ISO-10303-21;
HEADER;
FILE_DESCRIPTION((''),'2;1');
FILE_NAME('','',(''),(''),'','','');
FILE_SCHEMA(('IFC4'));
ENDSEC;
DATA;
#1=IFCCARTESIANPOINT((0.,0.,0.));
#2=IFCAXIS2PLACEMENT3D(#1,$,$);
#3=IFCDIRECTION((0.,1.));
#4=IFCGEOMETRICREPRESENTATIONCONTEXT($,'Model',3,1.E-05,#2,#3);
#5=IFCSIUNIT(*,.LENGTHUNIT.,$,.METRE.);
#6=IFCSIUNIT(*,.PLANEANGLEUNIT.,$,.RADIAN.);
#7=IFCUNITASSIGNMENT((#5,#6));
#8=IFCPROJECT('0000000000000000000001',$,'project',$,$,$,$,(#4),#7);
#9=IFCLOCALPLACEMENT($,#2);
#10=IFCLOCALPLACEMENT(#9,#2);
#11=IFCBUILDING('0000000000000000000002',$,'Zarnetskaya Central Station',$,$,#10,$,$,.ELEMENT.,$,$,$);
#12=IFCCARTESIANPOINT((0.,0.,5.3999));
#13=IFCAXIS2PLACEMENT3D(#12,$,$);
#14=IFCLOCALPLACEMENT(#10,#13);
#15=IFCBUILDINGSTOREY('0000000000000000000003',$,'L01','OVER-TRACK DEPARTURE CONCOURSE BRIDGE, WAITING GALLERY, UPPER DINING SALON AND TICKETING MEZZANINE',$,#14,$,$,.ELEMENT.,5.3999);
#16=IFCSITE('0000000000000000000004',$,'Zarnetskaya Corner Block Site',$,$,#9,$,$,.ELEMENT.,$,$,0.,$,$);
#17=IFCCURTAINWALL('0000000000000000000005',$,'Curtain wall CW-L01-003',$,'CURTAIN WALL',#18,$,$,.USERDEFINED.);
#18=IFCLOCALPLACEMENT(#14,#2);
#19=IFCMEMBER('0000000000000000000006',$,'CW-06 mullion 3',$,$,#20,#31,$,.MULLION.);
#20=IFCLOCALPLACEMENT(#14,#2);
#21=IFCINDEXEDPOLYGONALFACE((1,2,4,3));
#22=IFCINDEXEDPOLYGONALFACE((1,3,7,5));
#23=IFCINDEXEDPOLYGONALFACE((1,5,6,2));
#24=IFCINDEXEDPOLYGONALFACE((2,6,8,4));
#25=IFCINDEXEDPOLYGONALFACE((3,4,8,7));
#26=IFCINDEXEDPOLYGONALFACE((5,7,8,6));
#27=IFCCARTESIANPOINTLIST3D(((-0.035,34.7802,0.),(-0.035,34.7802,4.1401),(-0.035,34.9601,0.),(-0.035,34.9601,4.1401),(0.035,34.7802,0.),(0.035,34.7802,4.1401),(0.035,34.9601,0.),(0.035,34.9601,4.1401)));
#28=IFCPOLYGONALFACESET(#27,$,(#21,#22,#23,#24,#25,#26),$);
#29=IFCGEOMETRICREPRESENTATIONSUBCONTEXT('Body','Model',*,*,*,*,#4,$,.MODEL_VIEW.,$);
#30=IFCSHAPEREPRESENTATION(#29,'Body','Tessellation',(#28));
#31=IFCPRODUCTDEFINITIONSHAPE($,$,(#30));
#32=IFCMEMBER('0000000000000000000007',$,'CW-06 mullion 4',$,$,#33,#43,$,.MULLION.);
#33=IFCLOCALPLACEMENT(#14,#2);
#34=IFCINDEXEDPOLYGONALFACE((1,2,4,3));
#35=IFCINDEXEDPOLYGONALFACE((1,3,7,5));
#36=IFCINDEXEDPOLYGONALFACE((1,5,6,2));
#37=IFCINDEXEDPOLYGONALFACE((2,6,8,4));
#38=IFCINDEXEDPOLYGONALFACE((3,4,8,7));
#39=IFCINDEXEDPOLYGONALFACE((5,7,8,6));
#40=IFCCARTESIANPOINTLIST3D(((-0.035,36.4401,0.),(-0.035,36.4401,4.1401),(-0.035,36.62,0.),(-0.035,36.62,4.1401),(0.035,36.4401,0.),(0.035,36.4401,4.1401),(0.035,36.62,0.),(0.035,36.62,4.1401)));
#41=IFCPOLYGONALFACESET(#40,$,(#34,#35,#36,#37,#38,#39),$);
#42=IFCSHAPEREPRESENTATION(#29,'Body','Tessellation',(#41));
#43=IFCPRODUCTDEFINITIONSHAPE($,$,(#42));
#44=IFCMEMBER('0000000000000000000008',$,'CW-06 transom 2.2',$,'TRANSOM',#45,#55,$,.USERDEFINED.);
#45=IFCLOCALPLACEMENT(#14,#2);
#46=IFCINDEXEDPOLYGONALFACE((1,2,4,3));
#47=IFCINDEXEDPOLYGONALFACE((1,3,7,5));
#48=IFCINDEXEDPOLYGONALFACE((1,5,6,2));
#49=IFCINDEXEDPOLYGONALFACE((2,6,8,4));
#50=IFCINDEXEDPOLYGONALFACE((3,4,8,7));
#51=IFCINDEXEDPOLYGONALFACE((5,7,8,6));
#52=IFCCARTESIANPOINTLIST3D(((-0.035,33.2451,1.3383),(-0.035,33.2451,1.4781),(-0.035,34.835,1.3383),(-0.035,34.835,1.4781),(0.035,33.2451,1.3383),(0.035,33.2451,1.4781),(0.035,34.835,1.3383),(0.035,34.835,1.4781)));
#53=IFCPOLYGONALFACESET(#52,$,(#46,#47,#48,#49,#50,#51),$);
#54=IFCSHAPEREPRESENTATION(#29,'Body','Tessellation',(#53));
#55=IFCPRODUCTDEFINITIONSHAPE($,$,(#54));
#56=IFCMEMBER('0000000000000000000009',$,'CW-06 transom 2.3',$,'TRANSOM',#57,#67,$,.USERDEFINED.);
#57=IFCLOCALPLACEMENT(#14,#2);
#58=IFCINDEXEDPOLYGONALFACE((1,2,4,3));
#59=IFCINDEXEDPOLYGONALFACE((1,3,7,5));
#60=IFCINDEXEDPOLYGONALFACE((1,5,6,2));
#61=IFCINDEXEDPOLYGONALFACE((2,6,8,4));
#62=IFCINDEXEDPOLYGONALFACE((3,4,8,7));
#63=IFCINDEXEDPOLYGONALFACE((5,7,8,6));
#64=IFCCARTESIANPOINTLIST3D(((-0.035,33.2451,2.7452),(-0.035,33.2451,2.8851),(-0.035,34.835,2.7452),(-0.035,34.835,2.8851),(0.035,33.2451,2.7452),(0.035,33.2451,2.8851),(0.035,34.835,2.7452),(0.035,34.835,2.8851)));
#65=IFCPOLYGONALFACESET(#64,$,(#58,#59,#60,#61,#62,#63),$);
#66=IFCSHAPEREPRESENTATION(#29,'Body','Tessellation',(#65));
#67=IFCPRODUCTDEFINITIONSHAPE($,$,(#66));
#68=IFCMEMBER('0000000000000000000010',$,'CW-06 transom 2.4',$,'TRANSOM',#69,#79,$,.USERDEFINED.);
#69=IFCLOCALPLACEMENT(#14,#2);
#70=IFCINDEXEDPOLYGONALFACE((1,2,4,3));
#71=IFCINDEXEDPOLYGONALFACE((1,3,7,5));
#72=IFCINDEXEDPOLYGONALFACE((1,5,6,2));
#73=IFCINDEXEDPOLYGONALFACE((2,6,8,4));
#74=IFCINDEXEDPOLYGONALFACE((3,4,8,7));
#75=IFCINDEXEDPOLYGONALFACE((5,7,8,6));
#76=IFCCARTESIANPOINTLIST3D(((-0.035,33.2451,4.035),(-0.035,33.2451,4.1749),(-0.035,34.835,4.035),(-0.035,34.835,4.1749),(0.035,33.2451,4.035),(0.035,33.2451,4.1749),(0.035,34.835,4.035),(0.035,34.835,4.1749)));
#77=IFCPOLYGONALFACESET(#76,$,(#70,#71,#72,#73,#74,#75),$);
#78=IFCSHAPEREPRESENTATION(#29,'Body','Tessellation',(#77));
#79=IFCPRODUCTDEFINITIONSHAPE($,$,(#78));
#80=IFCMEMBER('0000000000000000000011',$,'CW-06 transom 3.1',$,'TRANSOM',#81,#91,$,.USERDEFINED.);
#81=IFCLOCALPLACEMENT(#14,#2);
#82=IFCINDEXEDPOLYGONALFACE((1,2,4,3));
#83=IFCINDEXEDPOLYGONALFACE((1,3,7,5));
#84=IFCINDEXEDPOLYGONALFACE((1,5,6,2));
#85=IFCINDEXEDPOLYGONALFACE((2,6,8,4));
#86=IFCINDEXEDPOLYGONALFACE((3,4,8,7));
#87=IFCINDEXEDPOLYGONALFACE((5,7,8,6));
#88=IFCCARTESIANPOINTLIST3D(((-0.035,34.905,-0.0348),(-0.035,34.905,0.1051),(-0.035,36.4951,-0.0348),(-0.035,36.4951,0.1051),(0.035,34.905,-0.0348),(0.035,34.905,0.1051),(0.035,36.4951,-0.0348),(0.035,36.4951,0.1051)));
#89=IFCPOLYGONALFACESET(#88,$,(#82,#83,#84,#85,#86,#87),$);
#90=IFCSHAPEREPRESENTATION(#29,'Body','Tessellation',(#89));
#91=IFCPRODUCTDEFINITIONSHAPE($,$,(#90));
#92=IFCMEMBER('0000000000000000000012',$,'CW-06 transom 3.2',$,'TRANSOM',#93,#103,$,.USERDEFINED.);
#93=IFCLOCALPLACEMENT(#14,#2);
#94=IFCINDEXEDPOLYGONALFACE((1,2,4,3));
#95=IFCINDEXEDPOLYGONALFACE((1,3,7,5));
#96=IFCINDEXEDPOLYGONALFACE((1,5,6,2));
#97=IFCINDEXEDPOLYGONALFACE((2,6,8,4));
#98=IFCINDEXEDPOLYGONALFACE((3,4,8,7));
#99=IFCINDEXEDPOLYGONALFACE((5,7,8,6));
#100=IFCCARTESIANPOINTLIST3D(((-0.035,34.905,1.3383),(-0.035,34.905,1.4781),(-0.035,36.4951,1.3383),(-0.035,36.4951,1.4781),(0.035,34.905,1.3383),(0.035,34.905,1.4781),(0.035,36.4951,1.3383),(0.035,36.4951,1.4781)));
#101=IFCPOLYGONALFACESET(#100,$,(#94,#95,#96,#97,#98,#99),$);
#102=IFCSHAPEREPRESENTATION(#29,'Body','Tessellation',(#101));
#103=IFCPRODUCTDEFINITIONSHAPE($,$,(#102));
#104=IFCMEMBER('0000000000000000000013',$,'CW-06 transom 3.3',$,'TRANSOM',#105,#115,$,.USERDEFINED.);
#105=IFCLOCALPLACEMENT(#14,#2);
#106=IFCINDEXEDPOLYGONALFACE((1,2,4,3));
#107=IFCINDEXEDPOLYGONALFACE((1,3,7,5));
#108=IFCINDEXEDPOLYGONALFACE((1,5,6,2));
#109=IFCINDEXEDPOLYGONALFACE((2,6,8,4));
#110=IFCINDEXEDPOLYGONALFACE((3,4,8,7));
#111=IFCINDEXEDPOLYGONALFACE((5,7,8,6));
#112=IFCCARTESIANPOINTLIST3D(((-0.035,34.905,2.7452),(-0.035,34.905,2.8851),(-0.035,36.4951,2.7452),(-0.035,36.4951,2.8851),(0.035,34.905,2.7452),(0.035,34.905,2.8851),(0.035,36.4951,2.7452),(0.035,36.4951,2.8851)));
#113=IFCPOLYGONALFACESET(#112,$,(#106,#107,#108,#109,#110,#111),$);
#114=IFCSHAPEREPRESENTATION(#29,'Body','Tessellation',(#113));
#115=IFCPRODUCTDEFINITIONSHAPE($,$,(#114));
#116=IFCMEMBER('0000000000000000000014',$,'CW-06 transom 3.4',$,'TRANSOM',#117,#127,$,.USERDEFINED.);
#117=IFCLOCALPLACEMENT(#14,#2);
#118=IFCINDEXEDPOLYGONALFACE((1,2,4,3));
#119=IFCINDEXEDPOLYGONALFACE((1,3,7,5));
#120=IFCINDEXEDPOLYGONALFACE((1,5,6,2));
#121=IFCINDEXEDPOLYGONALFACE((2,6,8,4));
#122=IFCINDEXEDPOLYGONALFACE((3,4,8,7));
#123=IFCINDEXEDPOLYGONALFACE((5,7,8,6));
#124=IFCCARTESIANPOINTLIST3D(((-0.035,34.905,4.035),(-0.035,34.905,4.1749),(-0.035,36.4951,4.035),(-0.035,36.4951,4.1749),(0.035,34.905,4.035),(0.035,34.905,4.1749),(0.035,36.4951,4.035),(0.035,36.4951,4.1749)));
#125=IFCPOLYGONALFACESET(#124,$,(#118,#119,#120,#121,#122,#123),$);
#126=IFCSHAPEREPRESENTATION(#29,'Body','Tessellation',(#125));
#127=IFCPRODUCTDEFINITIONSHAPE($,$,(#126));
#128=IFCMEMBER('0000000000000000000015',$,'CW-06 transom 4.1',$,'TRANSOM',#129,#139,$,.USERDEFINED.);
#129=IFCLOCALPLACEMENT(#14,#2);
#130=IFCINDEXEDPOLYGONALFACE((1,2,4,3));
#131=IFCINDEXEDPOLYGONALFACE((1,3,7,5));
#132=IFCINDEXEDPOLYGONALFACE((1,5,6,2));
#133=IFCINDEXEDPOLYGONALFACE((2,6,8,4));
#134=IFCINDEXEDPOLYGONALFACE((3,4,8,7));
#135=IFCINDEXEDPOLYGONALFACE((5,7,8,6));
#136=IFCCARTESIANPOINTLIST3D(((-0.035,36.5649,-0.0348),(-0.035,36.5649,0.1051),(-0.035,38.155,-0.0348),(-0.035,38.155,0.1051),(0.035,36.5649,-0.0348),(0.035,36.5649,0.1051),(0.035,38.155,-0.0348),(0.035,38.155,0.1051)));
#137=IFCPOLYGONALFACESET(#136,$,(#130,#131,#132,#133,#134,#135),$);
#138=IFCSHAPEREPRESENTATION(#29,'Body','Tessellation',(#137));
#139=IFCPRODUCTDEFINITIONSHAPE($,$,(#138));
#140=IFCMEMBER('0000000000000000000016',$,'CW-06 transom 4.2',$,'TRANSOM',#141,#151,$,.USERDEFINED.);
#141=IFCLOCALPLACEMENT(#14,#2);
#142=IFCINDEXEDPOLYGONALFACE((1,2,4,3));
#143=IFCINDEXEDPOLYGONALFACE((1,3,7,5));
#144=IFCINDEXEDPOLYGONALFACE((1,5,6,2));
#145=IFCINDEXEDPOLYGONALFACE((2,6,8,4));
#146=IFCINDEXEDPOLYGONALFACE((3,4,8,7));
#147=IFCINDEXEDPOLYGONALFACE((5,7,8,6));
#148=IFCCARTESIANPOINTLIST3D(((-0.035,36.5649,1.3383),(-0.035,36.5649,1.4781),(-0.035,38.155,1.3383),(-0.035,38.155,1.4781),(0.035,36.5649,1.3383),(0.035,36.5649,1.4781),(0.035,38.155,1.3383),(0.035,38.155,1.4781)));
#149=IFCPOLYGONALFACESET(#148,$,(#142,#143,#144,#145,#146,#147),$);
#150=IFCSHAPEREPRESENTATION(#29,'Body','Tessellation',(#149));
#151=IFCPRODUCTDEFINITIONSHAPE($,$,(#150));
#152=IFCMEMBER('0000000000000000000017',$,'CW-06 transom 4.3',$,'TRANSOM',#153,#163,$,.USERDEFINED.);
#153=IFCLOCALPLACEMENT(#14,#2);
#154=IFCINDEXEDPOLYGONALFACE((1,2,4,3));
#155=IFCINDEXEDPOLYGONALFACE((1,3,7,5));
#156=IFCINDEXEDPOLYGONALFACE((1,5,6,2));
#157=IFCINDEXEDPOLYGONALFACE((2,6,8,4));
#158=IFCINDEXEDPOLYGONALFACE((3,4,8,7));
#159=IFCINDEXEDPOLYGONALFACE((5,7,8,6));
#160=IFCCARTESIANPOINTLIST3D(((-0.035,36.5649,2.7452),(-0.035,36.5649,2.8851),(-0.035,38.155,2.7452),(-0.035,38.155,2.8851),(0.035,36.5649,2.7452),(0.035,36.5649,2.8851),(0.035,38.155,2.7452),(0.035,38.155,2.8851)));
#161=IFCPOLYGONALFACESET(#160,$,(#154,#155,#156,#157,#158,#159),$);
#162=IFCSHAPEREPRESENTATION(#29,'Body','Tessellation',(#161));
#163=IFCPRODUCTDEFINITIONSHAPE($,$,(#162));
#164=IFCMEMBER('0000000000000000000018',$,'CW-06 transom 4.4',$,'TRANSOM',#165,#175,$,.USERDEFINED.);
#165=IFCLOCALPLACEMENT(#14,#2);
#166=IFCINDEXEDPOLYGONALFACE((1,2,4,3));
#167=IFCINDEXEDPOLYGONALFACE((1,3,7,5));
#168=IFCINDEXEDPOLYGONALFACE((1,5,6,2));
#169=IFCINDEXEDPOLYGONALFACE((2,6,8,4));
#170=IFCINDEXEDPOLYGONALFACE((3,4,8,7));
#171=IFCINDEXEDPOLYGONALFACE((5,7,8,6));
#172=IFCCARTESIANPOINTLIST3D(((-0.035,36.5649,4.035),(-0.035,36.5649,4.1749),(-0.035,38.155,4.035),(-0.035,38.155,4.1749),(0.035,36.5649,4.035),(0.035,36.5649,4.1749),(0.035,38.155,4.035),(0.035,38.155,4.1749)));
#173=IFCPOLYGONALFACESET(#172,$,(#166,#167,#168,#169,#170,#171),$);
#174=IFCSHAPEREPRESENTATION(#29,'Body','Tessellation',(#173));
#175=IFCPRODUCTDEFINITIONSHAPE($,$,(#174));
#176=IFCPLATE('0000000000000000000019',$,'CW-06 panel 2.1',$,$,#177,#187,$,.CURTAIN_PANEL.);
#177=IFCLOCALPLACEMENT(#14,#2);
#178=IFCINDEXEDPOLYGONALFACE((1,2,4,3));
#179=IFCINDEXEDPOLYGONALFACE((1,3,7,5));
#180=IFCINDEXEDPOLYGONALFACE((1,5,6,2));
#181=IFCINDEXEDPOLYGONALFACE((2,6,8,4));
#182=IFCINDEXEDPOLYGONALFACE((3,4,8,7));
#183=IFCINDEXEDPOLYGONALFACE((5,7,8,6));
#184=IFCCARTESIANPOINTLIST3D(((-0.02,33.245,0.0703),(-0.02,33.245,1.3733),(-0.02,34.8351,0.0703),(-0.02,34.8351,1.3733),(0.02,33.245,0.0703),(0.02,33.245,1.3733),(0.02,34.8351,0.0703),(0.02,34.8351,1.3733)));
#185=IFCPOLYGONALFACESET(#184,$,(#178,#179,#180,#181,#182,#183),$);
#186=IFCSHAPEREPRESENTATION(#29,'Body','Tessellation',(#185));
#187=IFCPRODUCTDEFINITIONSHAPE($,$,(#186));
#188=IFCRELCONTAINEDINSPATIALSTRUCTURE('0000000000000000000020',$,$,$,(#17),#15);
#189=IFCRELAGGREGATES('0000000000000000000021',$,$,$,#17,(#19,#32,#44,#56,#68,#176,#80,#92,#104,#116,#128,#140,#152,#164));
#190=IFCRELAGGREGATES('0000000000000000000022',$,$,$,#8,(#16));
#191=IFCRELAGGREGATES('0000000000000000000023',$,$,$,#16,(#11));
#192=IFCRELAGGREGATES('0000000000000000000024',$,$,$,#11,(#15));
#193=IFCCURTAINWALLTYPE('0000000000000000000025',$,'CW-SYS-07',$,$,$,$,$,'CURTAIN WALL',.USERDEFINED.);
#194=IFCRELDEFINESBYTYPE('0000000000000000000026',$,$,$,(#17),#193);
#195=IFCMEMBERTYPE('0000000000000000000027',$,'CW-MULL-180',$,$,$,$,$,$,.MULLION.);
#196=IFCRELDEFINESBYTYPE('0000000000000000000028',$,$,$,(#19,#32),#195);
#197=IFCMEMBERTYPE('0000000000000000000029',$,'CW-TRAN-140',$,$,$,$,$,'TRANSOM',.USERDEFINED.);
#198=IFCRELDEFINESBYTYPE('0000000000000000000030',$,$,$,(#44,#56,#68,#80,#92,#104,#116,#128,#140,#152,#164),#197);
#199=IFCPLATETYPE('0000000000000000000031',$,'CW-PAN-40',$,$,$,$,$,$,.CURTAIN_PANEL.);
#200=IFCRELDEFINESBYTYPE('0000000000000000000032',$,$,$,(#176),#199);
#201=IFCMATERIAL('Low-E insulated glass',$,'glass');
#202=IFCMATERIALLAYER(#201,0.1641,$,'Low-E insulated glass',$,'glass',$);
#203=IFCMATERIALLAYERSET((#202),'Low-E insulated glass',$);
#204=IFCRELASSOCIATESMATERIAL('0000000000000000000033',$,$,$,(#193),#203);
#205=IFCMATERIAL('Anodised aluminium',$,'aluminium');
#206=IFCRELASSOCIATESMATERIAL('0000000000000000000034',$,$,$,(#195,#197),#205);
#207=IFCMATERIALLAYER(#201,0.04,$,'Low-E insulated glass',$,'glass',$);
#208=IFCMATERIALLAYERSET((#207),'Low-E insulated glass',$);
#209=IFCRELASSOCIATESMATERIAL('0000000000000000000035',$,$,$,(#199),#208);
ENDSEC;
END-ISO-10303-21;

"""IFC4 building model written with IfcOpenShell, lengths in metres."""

from ifc_helpers import new_model, si_unit, direction, frame, origin, origin_2d, place, context, subcontext, project, spatial, rectangle, extrude, material, layer, layer_set, material_profile, profile_set, type_object, element, aggregate, save


model = new_model("IFC4")

# Units and contexts
model_context = context("Model", 3, precision=1e-05, world=origin(), true_north=direction((0.0, 1.0)))
body_context = subcontext(model_context, "Body", "Model", "MODEL_VIEW")
ifc_project = project(units=[si_unit("LENGTHUNIT", "METRE"), si_unit("PLANEANGLEUNIT", "RADIAN")], contexts=[model_context])

# Site, building, storey
site_placement = place(None, origin())
site = spatial("IfcSite", under=ifc_project, at=site_placement, Name="Zarnetskaya Corner Block Site", CompositionType="ELEMENT", RefElevation=0.0)
building_placement = place(site_placement, origin())
building = spatial("IfcBuilding", under=site, at=building_placement, Name="Zarnetskaya Central Station", CompositionType="ELEMENT")
storey_placement = place(building_placement, frame((0.0, 0.0, 5.3999)))
storey = spatial("IfcBuildingStorey", under=building, at=storey_placement, Name="L01", Description="OVER-TRACK DEPARTURE CONCOURSE BRIDGE, WAITING GALLERY, UPPER DINING SALON AND TICKETING MEZZANINE", CompositionType="ELEMENT", Elevation=5.3999)

# Curtain wall, members, plate
ifc_material_1 = material(Name="Low-E insulated glass", Category="glass")
ifc_layer_1 = layer(ifc_material_1, 0.1641, Name="Low-E insulated glass", Category="glass")
ifc_layer_set_1 = layer_set([ifc_layer_1], Name="Low-E insulated glass")
curtain_wall_type = type_object("IfcCurtainWallType", Name="CW-SYS-07", ElementType="CURTAIN WALL", PredefinedType="USERDEFINED", material=ifc_layer_set_1)
curtain_wall_placement = place(storey_placement, origin())
curtain_wall = element("IfcCurtainWall", 1, at=curtain_wall_placement, inside=storey, type_object=curtain_wall_type, Name="Curtain wall CW-L01-003", ObjectType="CURTAIN WALL", PredefinedType="USERDEFINED")
ifc_material_2 = material(Name="Anodised aluminium", Category="aluminium")
ifc_material_profile_1 = material_profile(ifc_material_2, rectangle(XDim=0.0701, YDim=0.1799, at=origin_2d()), Name="ALU MULL 70x180")
ifc_profile_set_1 = profile_set([ifc_material_profile_1], Name="Anodised aluminium")
member_type_1 = type_object("IfcMemberType", Name="CW-MULL-180", PredefinedType="MULLION", material=ifc_profile_set_1)
member_1_placement = place(storey_placement, frame((0.0, 34.8701, 0.0), z_axis=(0.0, 0.0, 1.0), x_axis=(-1.0, 0.0, 0.0)))
member_1 = element("IfcMember", 2, at=member_1_placement, type_object=member_type_1, Name="CW-06 mullion 3", PredefinedType="MULLION", context=body_context, shape_type="SweptSolid", body=[
    extrude(rectangle(XDim=0.0701, YDim=0.1799, at=origin_2d()), origin(), (0.0, 0.0, 1.0), 4.1401),
])
member_2_placement = place(storey_placement, frame((0.0, 36.53, 0.0), z_axis=(0.0, 0.0, 1.0), x_axis=(-1.0, 0.0, 0.0)))
member_2 = element("IfcMember", 3, at=member_2_placement, type_object=member_type_1, Name="CW-06 mullion 4", PredefinedType="MULLION", context=body_context, shape_type="SweptSolid", body=[
    extrude(rectangle(XDim=0.0701, YDim=0.1799, at=origin_2d()), origin(), (0.0, 0.0, 1.0), 4.1401),
])
ifc_material_profile_2 = material_profile(ifc_material_2, rectangle(XDim=0.0701, YDim=0.1399, at=origin_2d()), Name="ALU TRAN 70x140")
ifc_profile_set_2 = profile_set([ifc_material_profile_2], Name="Anodised aluminium")
member_type_2 = type_object("IfcMemberType", Name="CW-TRAN-140", ElementType="TRANSOM", PredefinedType="USERDEFINED", material=ifc_profile_set_2)
member_3_placement = place(storey_placement, frame((0.0, 33.2451, 1.4082), z_axis=(0.0, 1.0, 0.0), x_axis=(-1.0, 0.0, 0.0)))
member_3 = element("IfcMember", 4, at=member_3_placement, type_object=member_type_2, Name="CW-06 transom 2.2", ObjectType="TRANSOM", PredefinedType="USERDEFINED", context=body_context, shape_type="SweptSolid", body=[
    extrude(rectangle(XDim=0.0701, YDim=0.1399, at=origin_2d()), origin(), (0.0, 0.0, 1.0), 1.5898),
])
member_4_placement = place(storey_placement, frame((0.0, 33.2451, 2.8152), z_axis=(0.0, 1.0, 0.0), x_axis=(-1.0, 0.0, 0.0)))
member_4 = element("IfcMember", 5, at=member_4_placement, type_object=member_type_2, Name="CW-06 transom 2.3", ObjectType="TRANSOM", PredefinedType="USERDEFINED", context=body_context, shape_type="SweptSolid", body=[
    extrude(rectangle(XDim=0.0701, YDim=0.1399, at=origin_2d()), origin(), (0.0, 0.0, 1.0), 1.5898),
])
member_5_placement = place(storey_placement, frame((0.0, 33.2451, 4.105), z_axis=(0.0, 1.0, 0.0), x_axis=(-1.0, 0.0, 0.0)))
member_5 = element("IfcMember", 6, at=member_5_placement, type_object=member_type_2, Name="CW-06 transom 2.4", ObjectType="TRANSOM", PredefinedType="USERDEFINED", context=body_context, shape_type="SweptSolid", body=[
    extrude(rectangle(XDim=0.0701, YDim=0.1399, at=origin_2d()), origin(), (0.0, 0.0, 1.0), 1.5898),
])
member_6_placement = place(storey_placement, frame((0.0, 34.905, 0.0352), z_axis=(0.0, 1.0, 0.0), x_axis=(-1.0, 0.0, 0.0)))
member_6 = element("IfcMember", 7, at=member_6_placement, type_object=member_type_2, Name="CW-06 transom 3.1", ObjectType="TRANSOM", PredefinedType="USERDEFINED", context=body_context, shape_type="SweptSolid", body=[
    extrude(rectangle(XDim=0.0701, YDim=0.1399, at=origin_2d()), origin(), (0.0, 0.0, 1.0), 1.5901),
])
member_7_placement = place(storey_placement, frame((0.0, 34.905, 1.4082), z_axis=(0.0, 1.0, 0.0), x_axis=(-1.0, 0.0, 0.0)))
member_7 = element("IfcMember", 8, at=member_7_placement, type_object=member_type_2, Name="CW-06 transom 3.2", ObjectType="TRANSOM", PredefinedType="USERDEFINED", context=body_context, shape_type="SweptSolid", body=[
    extrude(rectangle(XDim=0.0701, YDim=0.1399, at=origin_2d()), origin(), (0.0, 0.0, 1.0), 1.5901),
])
member_8_placement = place(storey_placement, frame((0.0, 34.905, 2.8152), z_axis=(0.0, 1.0, 0.0), x_axis=(-1.0, 0.0, 0.0)))
member_8 = element("IfcMember", 9, at=member_8_placement, type_object=member_type_2, Name="CW-06 transom 3.3", ObjectType="TRANSOM", PredefinedType="USERDEFINED", context=body_context, shape_type="SweptSolid", body=[
    extrude(rectangle(XDim=0.0701, YDim=0.1399, at=origin_2d()), origin(), (0.0, 0.0, 1.0), 1.5901),
])
member_9_placement = place(storey_placement, frame((0.0, 34.905, 4.105), z_axis=(0.0, 1.0, 0.0), x_axis=(-1.0, 0.0, 0.0)))
member_9 = element("IfcMember", 10, at=member_9_placement, type_object=member_type_2, Name="CW-06 transom 3.4", ObjectType="TRANSOM", PredefinedType="USERDEFINED", context=body_context, shape_type="SweptSolid", body=[
    extrude(rectangle(XDim=0.0701, YDim=0.1399, at=origin_2d()), origin(), (0.0, 0.0, 1.0), 1.5901),
])
member_10_placement = place(storey_placement, frame((0.0, 36.5649, 0.0352), z_axis=(0.0, 1.0, 0.0), x_axis=(-1.0, 0.0, 0.0)))
member_10 = element("IfcMember", 11, at=member_10_placement, type_object=member_type_2, Name="CW-06 transom 4.1", ObjectType="TRANSOM", PredefinedType="USERDEFINED", context=body_context, shape_type="SweptSolid", body=[
    extrude(rectangle(XDim=0.0701, YDim=0.1399, at=origin_2d()), origin(), (0.0, 0.0, 1.0), 1.5901),
])
member_11_placement = place(storey_placement, frame((0.0, 36.5649, 1.4082), z_axis=(0.0, 1.0, 0.0), x_axis=(-1.0, 0.0, 0.0)))
member_11 = element("IfcMember", 12, at=member_11_placement, type_object=member_type_2, Name="CW-06 transom 4.2", ObjectType="TRANSOM", PredefinedType="USERDEFINED", context=body_context, shape_type="SweptSolid", body=[
    extrude(rectangle(XDim=0.0701, YDim=0.1399, at=origin_2d()), origin(), (0.0, 0.0, 1.0), 1.5901),
])
member_12_placement = place(storey_placement, frame((0.0, 36.5649, 2.8152), z_axis=(0.0, 1.0, 0.0), x_axis=(-1.0, 0.0, 0.0)))
member_12 = element("IfcMember", 13, at=member_12_placement, type_object=member_type_2, Name="CW-06 transom 4.3", ObjectType="TRANSOM", PredefinedType="USERDEFINED", context=body_context, shape_type="SweptSolid", body=[
    extrude(rectangle(XDim=0.0701, YDim=0.1399, at=origin_2d()), origin(), (0.0, 0.0, 1.0), 1.5901),
])
member_13_placement = place(storey_placement, frame((0.0, 36.5649, 4.105), z_axis=(0.0, 1.0, 0.0), x_axis=(-1.0, 0.0, 0.0)))
member_13 = element("IfcMember", 14, at=member_13_placement, type_object=member_type_2, Name="CW-06 transom 4.4", ObjectType="TRANSOM", PredefinedType="USERDEFINED", context=body_context, shape_type="SweptSolid", body=[
    extrude(rectangle(XDim=0.0701, YDim=0.1399, at=origin_2d()), origin(), (0.0, 0.0, 1.0), 1.5901),
])
ifc_layer_2 = layer(ifc_material_1, 0.04, Name="Low-E insulated glass", Category="glass")
ifc_layer_set_2 = layer_set([ifc_layer_2], Name="Low-E insulated glass")
plate_type = type_object("IfcPlateType", Name="CW-PAN-40", PredefinedType="CURTAIN_PANEL", material=ifc_layer_set_2)
plate_1_placement = place(storey_placement, frame((0.0, 34.04, 0.0703), z_axis=(0.0, 0.0, 1.0), x_axis=(0.0, 1.0, 0.0)))
plate_1 = element("IfcPlate", 15, at=plate_1_placement, type_object=plate_type, Name="CW-06 panel 2.1", PredefinedType="CURTAIN_PANEL", context=body_context, shape_type="SweptSolid", body=[
    extrude(rectangle(XDim=1.5901, YDim=0.04, at=origin_2d()), origin(), (0.0, 0.0, 1.0), 1.303),
])
aggregate(curtain_wall, [member_1, member_2, member_3, member_4, member_5, plate_1, member_6, member_7, member_8, member_9, member_10, member_11, member_12, member_13])

save(model, "model.ifc")
